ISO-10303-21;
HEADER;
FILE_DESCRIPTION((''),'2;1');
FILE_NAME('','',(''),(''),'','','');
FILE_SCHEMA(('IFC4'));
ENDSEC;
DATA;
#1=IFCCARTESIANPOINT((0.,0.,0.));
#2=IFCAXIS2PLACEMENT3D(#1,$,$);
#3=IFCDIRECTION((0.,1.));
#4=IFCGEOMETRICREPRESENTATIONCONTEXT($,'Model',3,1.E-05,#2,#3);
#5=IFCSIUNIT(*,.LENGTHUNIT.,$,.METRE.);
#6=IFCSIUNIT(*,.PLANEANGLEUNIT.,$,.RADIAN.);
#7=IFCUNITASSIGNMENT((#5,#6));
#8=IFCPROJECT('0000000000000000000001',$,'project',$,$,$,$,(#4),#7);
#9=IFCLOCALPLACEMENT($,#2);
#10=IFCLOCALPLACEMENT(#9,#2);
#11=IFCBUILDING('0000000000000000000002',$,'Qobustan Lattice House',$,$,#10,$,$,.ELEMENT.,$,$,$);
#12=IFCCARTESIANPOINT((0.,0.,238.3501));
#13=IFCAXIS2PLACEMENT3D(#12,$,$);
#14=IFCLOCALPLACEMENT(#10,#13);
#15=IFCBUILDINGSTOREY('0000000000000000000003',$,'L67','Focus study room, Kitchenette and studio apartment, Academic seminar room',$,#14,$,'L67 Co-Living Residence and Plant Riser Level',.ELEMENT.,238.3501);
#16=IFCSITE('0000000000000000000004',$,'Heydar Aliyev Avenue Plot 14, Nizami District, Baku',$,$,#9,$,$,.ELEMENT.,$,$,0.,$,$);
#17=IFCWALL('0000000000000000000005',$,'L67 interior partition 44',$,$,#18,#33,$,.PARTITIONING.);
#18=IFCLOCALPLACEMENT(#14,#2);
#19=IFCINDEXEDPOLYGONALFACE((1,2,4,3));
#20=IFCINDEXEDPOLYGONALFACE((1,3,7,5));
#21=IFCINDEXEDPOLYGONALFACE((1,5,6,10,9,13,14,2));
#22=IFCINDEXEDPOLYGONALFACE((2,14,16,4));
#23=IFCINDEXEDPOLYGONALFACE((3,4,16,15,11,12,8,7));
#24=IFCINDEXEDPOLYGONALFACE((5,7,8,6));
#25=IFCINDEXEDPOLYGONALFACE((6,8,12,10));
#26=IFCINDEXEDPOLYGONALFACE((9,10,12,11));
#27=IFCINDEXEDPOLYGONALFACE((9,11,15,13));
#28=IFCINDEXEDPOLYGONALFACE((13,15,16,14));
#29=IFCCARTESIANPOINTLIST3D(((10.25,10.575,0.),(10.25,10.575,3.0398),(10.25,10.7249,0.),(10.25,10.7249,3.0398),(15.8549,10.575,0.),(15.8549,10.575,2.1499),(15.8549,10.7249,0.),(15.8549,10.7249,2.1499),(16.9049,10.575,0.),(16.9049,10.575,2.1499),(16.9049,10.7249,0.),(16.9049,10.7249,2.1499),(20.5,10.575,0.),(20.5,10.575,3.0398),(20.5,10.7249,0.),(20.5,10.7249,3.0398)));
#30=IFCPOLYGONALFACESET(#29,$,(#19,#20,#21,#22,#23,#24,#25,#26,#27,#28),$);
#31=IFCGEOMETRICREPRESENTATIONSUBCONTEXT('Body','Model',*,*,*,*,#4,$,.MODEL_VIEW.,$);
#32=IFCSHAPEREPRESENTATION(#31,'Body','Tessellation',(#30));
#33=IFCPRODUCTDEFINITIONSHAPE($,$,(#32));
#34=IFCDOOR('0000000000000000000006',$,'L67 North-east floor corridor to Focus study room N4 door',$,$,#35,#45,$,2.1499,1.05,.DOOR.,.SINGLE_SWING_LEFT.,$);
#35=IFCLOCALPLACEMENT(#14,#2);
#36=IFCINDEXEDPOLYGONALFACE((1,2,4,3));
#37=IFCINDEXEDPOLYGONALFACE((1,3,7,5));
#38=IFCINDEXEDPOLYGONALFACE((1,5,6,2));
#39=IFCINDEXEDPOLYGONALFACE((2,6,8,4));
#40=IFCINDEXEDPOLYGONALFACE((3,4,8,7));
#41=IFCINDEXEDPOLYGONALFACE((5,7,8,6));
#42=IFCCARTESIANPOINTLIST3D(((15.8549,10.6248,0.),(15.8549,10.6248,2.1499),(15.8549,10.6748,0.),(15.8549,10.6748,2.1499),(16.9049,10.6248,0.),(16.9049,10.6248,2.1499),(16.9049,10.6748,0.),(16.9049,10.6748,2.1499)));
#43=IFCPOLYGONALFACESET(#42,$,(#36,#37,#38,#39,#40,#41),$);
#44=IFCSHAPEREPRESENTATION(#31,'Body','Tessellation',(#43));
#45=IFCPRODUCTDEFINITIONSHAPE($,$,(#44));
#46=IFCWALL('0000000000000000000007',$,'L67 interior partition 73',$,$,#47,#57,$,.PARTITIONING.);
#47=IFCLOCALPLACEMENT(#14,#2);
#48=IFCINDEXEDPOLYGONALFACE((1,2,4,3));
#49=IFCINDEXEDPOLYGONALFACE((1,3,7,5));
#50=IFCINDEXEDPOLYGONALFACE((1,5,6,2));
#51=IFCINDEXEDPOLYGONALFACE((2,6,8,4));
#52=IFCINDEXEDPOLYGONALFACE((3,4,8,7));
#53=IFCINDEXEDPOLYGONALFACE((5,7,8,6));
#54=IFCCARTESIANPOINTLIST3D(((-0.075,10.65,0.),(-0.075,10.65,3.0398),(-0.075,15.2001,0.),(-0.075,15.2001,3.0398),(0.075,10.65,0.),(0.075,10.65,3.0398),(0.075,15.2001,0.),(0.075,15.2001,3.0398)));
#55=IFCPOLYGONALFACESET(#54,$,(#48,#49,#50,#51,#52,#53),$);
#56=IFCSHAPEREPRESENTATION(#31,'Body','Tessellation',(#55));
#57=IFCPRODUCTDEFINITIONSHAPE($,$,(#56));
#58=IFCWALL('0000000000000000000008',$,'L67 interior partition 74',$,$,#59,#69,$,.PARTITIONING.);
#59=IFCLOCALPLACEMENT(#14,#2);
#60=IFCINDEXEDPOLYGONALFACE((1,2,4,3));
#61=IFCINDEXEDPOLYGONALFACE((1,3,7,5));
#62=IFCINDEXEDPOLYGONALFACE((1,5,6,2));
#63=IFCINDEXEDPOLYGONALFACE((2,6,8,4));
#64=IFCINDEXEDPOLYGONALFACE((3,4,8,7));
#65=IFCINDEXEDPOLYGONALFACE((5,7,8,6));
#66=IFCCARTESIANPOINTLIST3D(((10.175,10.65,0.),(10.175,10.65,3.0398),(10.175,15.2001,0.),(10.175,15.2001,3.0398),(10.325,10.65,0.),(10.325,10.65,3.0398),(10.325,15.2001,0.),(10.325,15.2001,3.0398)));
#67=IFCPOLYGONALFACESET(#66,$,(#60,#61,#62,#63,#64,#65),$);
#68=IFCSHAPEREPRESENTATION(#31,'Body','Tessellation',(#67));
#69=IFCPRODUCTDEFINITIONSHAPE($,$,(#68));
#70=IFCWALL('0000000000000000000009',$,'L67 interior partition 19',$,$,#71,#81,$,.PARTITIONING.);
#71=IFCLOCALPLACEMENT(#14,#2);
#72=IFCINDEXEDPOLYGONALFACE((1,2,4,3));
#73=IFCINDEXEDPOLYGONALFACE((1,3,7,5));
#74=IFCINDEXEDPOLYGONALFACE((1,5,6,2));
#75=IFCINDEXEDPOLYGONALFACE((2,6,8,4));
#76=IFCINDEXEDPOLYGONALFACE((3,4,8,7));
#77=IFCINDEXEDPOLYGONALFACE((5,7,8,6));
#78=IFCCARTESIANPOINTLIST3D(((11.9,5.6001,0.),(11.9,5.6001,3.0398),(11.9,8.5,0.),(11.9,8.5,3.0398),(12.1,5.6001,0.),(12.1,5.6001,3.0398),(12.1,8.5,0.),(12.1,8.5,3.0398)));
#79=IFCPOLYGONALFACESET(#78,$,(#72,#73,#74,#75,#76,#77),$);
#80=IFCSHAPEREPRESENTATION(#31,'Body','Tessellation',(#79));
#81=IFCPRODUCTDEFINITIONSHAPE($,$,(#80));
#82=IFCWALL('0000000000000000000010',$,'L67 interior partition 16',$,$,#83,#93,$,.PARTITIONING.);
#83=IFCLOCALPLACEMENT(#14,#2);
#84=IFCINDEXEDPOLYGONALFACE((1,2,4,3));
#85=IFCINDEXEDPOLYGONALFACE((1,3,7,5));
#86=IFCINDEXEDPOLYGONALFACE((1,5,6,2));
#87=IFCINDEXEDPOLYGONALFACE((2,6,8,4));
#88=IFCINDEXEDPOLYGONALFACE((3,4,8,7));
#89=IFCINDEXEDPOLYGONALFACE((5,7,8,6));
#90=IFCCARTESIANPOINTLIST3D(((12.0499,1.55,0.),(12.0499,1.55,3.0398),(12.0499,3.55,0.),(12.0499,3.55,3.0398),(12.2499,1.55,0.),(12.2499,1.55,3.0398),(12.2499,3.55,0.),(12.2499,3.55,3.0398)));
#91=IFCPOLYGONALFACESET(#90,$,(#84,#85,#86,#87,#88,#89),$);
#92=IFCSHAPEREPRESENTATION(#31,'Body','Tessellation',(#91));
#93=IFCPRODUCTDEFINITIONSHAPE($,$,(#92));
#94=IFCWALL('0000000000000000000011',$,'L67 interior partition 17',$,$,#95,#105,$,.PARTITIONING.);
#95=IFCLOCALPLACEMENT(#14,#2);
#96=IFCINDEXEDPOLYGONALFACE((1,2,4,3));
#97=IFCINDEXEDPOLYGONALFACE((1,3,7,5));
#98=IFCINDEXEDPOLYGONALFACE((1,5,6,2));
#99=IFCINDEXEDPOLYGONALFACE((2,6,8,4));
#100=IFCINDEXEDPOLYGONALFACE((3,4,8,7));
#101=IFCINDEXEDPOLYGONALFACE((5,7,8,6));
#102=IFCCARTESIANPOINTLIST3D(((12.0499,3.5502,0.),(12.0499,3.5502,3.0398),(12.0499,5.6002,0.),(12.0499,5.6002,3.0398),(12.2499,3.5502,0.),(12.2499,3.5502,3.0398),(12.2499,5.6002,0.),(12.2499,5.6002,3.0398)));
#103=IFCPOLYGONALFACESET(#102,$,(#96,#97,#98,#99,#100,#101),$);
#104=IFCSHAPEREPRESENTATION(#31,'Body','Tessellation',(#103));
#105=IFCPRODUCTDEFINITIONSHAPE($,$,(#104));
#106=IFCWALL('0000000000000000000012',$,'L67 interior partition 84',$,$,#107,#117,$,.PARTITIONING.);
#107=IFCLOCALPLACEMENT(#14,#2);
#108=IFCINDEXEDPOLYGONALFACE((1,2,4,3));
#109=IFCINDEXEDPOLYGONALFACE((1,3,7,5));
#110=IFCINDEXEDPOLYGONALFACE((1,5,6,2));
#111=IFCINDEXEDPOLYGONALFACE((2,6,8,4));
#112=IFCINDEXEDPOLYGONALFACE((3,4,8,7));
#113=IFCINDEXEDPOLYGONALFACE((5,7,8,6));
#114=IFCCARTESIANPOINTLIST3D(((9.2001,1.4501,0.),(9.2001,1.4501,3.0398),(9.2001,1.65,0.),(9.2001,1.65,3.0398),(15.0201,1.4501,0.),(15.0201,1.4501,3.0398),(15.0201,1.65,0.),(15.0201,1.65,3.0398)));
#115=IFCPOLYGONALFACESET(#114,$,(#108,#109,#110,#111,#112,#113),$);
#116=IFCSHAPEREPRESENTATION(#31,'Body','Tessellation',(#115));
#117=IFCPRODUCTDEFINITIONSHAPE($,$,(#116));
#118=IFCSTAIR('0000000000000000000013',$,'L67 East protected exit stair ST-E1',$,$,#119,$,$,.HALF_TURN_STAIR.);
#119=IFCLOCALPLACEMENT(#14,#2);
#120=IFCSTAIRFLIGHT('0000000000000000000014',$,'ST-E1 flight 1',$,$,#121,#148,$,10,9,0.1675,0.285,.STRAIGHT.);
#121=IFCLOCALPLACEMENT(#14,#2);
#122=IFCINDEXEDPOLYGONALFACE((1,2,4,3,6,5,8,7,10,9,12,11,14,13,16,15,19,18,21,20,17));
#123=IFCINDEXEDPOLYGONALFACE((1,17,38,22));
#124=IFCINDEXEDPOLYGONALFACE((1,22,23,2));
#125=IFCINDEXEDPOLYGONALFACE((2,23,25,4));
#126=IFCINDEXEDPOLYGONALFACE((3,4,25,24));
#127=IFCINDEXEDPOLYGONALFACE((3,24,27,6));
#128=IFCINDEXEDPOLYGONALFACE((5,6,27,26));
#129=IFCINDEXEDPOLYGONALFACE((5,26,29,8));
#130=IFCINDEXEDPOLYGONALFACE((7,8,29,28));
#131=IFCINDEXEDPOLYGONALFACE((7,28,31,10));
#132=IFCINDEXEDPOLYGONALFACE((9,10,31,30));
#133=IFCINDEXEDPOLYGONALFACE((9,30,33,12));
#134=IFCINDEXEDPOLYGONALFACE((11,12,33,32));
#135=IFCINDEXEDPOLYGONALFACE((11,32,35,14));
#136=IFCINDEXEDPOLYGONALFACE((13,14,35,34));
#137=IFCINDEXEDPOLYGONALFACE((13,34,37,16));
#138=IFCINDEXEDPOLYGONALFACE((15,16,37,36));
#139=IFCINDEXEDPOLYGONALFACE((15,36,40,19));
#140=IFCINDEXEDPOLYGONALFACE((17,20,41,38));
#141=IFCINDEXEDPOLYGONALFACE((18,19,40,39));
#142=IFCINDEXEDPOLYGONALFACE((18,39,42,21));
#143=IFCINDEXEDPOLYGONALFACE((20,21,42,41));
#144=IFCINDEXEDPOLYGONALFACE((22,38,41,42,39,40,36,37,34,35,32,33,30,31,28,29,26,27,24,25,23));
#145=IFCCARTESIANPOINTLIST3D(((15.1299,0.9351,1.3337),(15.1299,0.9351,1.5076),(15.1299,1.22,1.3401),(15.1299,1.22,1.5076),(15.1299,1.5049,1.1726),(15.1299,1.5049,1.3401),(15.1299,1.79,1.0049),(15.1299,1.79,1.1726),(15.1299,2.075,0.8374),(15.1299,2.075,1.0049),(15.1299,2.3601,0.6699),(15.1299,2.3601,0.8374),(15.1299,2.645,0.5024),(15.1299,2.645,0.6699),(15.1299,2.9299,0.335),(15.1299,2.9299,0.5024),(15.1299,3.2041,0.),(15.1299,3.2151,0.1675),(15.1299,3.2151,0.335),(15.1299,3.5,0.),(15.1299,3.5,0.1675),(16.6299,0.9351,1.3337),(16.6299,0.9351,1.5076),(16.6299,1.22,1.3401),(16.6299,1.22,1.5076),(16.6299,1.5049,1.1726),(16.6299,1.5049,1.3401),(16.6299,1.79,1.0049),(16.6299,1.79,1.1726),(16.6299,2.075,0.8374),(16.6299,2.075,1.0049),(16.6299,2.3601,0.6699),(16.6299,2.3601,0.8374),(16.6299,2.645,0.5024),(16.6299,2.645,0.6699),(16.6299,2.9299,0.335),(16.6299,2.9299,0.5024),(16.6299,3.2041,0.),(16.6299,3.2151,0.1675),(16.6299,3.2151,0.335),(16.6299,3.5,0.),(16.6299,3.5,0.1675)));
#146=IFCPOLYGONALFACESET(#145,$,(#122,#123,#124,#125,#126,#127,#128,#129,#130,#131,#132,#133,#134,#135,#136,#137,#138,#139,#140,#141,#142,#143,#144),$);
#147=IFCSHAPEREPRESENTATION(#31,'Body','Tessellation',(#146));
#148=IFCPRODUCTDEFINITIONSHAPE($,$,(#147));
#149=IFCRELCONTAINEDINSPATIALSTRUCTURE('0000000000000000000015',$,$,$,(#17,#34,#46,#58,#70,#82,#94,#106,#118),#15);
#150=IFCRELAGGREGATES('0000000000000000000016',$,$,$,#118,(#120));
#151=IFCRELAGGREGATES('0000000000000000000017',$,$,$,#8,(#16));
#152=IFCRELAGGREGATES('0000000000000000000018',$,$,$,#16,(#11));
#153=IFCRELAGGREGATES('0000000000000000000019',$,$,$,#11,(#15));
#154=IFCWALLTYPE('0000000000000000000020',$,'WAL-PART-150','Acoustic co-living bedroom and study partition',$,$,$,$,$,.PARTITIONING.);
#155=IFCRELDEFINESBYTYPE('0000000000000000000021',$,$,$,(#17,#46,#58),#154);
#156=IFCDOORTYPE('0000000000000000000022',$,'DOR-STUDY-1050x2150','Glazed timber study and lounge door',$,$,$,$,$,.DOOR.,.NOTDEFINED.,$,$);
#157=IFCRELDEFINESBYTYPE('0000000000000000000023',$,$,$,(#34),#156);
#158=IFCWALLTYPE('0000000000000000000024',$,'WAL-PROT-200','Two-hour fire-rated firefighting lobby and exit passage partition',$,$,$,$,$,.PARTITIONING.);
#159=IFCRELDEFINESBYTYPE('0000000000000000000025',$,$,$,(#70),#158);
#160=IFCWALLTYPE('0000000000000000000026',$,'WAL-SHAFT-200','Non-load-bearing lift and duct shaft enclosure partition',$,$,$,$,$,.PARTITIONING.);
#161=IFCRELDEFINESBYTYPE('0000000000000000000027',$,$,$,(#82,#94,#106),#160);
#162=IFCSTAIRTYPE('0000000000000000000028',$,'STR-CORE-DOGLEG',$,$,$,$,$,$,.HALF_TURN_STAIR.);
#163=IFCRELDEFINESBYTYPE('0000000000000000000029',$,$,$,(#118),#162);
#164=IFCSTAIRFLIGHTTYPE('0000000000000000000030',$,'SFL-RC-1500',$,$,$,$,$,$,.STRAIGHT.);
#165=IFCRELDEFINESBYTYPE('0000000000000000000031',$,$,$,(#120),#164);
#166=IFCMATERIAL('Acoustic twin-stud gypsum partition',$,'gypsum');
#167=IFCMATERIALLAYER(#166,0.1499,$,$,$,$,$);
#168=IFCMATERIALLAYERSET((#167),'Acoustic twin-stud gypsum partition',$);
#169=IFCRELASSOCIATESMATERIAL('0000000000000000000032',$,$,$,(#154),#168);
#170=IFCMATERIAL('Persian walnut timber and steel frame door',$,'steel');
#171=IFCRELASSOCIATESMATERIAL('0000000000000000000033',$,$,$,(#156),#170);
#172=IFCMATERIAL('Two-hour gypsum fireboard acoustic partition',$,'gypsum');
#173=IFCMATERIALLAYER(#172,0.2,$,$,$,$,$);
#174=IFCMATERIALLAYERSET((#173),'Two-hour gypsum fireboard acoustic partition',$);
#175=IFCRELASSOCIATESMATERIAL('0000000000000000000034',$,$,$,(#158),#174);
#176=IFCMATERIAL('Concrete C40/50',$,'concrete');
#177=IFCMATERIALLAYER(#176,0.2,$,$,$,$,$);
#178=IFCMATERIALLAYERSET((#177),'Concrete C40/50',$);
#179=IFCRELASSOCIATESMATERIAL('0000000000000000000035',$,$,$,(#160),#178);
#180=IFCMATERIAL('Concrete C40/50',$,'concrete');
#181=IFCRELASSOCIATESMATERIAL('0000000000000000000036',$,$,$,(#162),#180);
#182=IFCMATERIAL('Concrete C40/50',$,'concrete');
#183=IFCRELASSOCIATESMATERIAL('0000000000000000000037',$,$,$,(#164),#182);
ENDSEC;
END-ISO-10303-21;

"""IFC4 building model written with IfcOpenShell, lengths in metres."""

from ifc_helpers import new_model, si_unit, direction, frame, frame_2d, origin, place, context, subcontext, project, spatial, polyline, rectangle, outline, extrude, material, layer, layer_set, type_object, element, fill, aggregate, save


model = new_model("IFC4")

# Units and contexts
model_context = context("Model", 3, precision=1e-05, world=origin(), true_north=direction((0.0, 1.0)))
body_context = subcontext(model_context, "Body", "Model", "MODEL_VIEW")
ifc_project = project(units=[si_unit("LENGTHUNIT", "METRE"), si_unit("PLANEANGLEUNIT", "RADIAN")], contexts=[model_context])

# Site, building, storey
site_placement = place(None, origin())
site = spatial("IfcSite", under=ifc_project, at=site_placement, Name="Heydar Aliyev Avenue Plot 14, Nizami District, Baku", CompositionType="ELEMENT", RefElevation=0.0)
building_placement = place(site_placement, origin())
building = spatial("IfcBuilding", under=site, at=building_placement, Name="Qobustan Lattice House", CompositionType="ELEMENT")
storey_placement = place(building_placement, frame((0.0, 0.0, 238.3501)))
storey = spatial("IfcBuildingStorey", under=building, at=storey_placement, Name="L67", Description="Focus study room, Kitchenette and studio apartment, Academic seminar room", LongName="L67 Co-Living Residence and Plant Riser Level", CompositionType="ELEMENT", Elevation=238.3501)

# Shared definitions
ifc_material_1 = material(Name="Acoustic twin-stud gypsum partition", Category="gypsum")
ifc_layer_1 = layer(ifc_material_1, 0.1499)
ifc_layer_set_1 = layer_set([ifc_layer_1], Name="Acoustic twin-stud gypsum partition")
wall_type_1 = type_object("IfcWallType", Name="WAL-PART-150", Description="Acoustic co-living bedroom and study partition", PredefinedType="PARTITIONING", material=ifc_layer_set_1)

# Wall, opening, door
ifc_material_2 = material(Name="Persian walnut timber and steel frame door", Category="steel")
door_type_1 = type_object("IfcDoorType", Name="DOR-STUDY-1050x2150", Description="Glazed timber study and lounge door", OperationType="NOTDEFINED", PredefinedType="DOOR", material=ifc_material_2)
wall_1_placement = place(storey_placement, frame((10.25, 10.6499, 0.0), z_axis=(0.0, 0.0, 1.0), x_axis=(1.0, 0.0, 0.0)))
wall_1 = element("IfcWall", 1, at=wall_1_placement, inside=storey, type_object=wall_type_1, Name="L67 interior partition 44", PredefinedType="PARTITIONING", context=body_context, shape_type="SweptSolid", body=[
    extrude(rectangle(XDim=10.25, YDim=0.1499, at=frame_2d((5.125, 0.0))), origin(), (0.0, 0.0, 1.0), 3.0398),
])
opening_1_placement = place(wall_1_placement, frame((5.605, 0.0, 0.0)))
opening_1 = element("IfcOpeningElement", 2, at=opening_1_placement, cuts=wall_1, PredefinedType="OPENING", context=body_context, shape_type="SweptSolid", body=[
    extrude(rectangle(XDim=1.05, YDim=2.1499, at=frame_2d((0.5249, 1.075))), frame((0.0, 0.085, 0.0), z_axis=(0.0, -1.0, 0.0), x_axis=(1.0, 0.0, 0.0)), (0.0, 0.0, 1.0), 0.1699),
])
door_1_placement = place(opening_1_placement, origin())
door_1 = element("IfcDoor", 3, at=door_1_placement, inside=storey, type_object=door_type_1, Name="L67 North-east floor corridor to Focus study room N4 door", OperationType="SINGLE_SWING_LEFT", OverallHeight=2.1499, OverallWidth=1.05, PredefinedType="DOOR", context=body_context, shape_type="SweptSolid", body=[
    extrude(rectangle(XDim=1.05, YDim=2.1499, at=frame_2d((0.5249, 1.075))), frame((0.0, 0.0249, 0.0), z_axis=(0.0, -1.0, 0.0), x_axis=(1.0, 0.0, 0.0)), (0.0, 0.0, 1.0), 0.05),
])
fill(opening_1, door_1)

# Walls
for number, where, z_axis, x_axis, name in (
    (4, (0.0, 15.2, 0.0), (0.0, 0.0, 1.0), (0.0, -1.0, 0.0), "L67 interior partition 73"),
    (5, (10.25, 15.2, 0.0), (0.0, 0.0, 1.0), (0.0, -1.0, 0.0), "L67 interior partition 74"),
):
    element("IfcWall", number, at=place(storey_placement, frame(where, z_axis=z_axis, x_axis=x_axis)), inside=storey, type_object=wall_type_1, Name=name, PredefinedType="PARTITIONING", context=body_context, shape_type="SweptSolid", body=[
        extrude(rectangle(XDim=4.55, YDim=0.1499, at=frame_2d((2.2749, 0.0))), origin(), (0.0, 0.0, 1.0), 3.0398),
    ])
ifc_material_3 = material(Name="Two-hour gypsum fireboard acoustic partition", Category="gypsum")
ifc_layer_2 = layer(ifc_material_3, 0.2)
ifc_layer_set_2 = layer_set([ifc_layer_2], Name="Two-hour gypsum fireboard acoustic partition")
wall_type_2 = type_object("IfcWallType", Name="WAL-PROT-200", Description="Two-hour fire-rated firefighting lobby and exit passage partition", PredefinedType="PARTITIONING", material=ifc_layer_set_2)
wall_2_placement = place(storey_placement, frame((12.0, 8.5, 0.0), z_axis=(0.0, 0.0, 1.0), x_axis=(0.0, -1.0, 0.0)))
element("IfcWall", 6, at=wall_2_placement, inside=storey, type_object=wall_type_2, Name="L67 interior partition 19", PredefinedType="PARTITIONING", context=body_context, shape_type="SweptSolid", body=[
    extrude(rectangle(XDim=2.8999, YDim=0.2, at=frame_2d((1.45, 0.0))), origin(), (0.0, 0.0, 1.0), 3.0398),
])
ifc_material_4 = material(Name="Concrete C40/50", Category="concrete")
ifc_layer_3 = layer(ifc_material_4, 0.2)
ifc_layer_set_3 = layer_set([ifc_layer_3], Name="Concrete C40/50")
wall_type_3 = type_object("IfcWallType", Name="WAL-SHAFT-200", Description="Non-load-bearing lift and duct shaft enclosure partition", PredefinedType="PARTITIONING", material=ifc_layer_set_3)
wall_3_placement = place(storey_placement, frame((12.1499, 3.55, 0.0), z_axis=(0.0, 0.0, 1.0), x_axis=(0.0, -1.0, 0.0)))
element("IfcWall", 7, at=wall_3_placement, inside=storey, type_object=wall_type_3, Name="L67 interior partition 16", PredefinedType="PARTITIONING", context=body_context, shape_type="SweptSolid", body=[
    extrude(rectangle(XDim=2.0, YDim=0.2, at=frame_2d((1.0, 0.0))), origin(), (0.0, 0.0, 1.0), 3.0398),
])
wall_4_placement = place(storey_placement, frame((12.1499, 5.6001, 0.0), z_axis=(0.0, 0.0, 1.0), x_axis=(0.0, -1.0, 0.0)))
element("IfcWall", 8, at=wall_4_placement, inside=storey, type_object=wall_type_3, Name="L67 interior partition 17", PredefinedType="PARTITIONING", context=body_context, shape_type="SweptSolid", body=[
    extrude(rectangle(XDim=2.05, YDim=0.2, at=frame_2d((1.0249, 0.0))), origin(), (0.0, 0.0, 1.0), 3.0398),
])
wall_5_placement = place(storey_placement, frame((9.2, 1.55, 0.0), z_axis=(0.0, 0.0, 1.0), x_axis=(1.0, 0.0, 0.0)))
element("IfcWall", 9, at=wall_5_placement, inside=storey, type_object=wall_type_3, Name="L67 interior partition 84", PredefinedType="PARTITIONING", context=body_context, shape_type="SweptSolid", body=[
    extrude(rectangle(XDim=5.8201, YDim=0.2, at=frame_2d((2.9102, 0.0))), origin(), (0.0, 0.0, 1.0), 3.0398),
])

# Stair, stair flight
ifc_material_5 = material(Name="Concrete C40/50", Category="concrete")
stair_type = type_object("IfcStairType", Name="STR-CORE-DOGLEG", PredefinedType="HALF_TURN_STAIR", material=ifc_material_5)
stair_placement = place(storey_placement, origin())
stair = element("IfcStair", 10, at=stair_placement, inside=storey, type_object=stair_type, Name="L67 East protected exit stair ST-E1", PredefinedType="HALF_TURN_STAIR")
ifc_material_6 = material(Name="Concrete C40/50", Category="concrete")
stair_flight_type = type_object("IfcStairFlightType", Name="SFL-RC-1500", PredefinedType="STRAIGHT", material=ifc_material_6)
stair_flight_placement = place(storey_placement, frame((15.8799, 3.5, 0.0), z_axis=(0.0, 0.0, 1.0), x_axis=(0.0, -1.0, 0.0)))
stair_flight = element("IfcStairFlight", 11, at=stair_flight_placement, type_object=stair_flight_type, Name="ST-E1 flight 1", NumberOfRisers=10, NumberOfTreads=9, PredefinedType="STRAIGHT", RiserHeight=0.1675, TreadLength=0.285, context=body_context, shape_type="SweptSolid", body=[
    extrude(outline(polyline([(0.0, 0.0), (0.0, 0.1675), (0.2849, 0.1675), (0.2849, 0.335), (0.5701, 0.335), (0.5701, 0.5024), (0.855, 0.5024), (0.855, 0.6699), (1.1399, 0.6699), (1.1399, 0.8374), (1.425, 0.8374), (1.425, 1.0049), (1.71, 1.0049), (1.71, 1.1726), (1.9951, 1.1726), (1.9951, 1.3401), (2.28, 1.3401), (2.28, 1.5076), (2.5649, 1.5076), (2.5649, 1.675), (2.5649, 1.3337), (0.2959, 0.0), (0.0, 0.0)])), frame((0.0, 0.75, 0.0), z_axis=(0.0, -1.0, 0.0), x_axis=(1.0, 0.0, 0.0)), (0.0, 0.0, 1.0), 1.5),
])
aggregate(stair, [stair_flight])

save(model, "model.ifc")
